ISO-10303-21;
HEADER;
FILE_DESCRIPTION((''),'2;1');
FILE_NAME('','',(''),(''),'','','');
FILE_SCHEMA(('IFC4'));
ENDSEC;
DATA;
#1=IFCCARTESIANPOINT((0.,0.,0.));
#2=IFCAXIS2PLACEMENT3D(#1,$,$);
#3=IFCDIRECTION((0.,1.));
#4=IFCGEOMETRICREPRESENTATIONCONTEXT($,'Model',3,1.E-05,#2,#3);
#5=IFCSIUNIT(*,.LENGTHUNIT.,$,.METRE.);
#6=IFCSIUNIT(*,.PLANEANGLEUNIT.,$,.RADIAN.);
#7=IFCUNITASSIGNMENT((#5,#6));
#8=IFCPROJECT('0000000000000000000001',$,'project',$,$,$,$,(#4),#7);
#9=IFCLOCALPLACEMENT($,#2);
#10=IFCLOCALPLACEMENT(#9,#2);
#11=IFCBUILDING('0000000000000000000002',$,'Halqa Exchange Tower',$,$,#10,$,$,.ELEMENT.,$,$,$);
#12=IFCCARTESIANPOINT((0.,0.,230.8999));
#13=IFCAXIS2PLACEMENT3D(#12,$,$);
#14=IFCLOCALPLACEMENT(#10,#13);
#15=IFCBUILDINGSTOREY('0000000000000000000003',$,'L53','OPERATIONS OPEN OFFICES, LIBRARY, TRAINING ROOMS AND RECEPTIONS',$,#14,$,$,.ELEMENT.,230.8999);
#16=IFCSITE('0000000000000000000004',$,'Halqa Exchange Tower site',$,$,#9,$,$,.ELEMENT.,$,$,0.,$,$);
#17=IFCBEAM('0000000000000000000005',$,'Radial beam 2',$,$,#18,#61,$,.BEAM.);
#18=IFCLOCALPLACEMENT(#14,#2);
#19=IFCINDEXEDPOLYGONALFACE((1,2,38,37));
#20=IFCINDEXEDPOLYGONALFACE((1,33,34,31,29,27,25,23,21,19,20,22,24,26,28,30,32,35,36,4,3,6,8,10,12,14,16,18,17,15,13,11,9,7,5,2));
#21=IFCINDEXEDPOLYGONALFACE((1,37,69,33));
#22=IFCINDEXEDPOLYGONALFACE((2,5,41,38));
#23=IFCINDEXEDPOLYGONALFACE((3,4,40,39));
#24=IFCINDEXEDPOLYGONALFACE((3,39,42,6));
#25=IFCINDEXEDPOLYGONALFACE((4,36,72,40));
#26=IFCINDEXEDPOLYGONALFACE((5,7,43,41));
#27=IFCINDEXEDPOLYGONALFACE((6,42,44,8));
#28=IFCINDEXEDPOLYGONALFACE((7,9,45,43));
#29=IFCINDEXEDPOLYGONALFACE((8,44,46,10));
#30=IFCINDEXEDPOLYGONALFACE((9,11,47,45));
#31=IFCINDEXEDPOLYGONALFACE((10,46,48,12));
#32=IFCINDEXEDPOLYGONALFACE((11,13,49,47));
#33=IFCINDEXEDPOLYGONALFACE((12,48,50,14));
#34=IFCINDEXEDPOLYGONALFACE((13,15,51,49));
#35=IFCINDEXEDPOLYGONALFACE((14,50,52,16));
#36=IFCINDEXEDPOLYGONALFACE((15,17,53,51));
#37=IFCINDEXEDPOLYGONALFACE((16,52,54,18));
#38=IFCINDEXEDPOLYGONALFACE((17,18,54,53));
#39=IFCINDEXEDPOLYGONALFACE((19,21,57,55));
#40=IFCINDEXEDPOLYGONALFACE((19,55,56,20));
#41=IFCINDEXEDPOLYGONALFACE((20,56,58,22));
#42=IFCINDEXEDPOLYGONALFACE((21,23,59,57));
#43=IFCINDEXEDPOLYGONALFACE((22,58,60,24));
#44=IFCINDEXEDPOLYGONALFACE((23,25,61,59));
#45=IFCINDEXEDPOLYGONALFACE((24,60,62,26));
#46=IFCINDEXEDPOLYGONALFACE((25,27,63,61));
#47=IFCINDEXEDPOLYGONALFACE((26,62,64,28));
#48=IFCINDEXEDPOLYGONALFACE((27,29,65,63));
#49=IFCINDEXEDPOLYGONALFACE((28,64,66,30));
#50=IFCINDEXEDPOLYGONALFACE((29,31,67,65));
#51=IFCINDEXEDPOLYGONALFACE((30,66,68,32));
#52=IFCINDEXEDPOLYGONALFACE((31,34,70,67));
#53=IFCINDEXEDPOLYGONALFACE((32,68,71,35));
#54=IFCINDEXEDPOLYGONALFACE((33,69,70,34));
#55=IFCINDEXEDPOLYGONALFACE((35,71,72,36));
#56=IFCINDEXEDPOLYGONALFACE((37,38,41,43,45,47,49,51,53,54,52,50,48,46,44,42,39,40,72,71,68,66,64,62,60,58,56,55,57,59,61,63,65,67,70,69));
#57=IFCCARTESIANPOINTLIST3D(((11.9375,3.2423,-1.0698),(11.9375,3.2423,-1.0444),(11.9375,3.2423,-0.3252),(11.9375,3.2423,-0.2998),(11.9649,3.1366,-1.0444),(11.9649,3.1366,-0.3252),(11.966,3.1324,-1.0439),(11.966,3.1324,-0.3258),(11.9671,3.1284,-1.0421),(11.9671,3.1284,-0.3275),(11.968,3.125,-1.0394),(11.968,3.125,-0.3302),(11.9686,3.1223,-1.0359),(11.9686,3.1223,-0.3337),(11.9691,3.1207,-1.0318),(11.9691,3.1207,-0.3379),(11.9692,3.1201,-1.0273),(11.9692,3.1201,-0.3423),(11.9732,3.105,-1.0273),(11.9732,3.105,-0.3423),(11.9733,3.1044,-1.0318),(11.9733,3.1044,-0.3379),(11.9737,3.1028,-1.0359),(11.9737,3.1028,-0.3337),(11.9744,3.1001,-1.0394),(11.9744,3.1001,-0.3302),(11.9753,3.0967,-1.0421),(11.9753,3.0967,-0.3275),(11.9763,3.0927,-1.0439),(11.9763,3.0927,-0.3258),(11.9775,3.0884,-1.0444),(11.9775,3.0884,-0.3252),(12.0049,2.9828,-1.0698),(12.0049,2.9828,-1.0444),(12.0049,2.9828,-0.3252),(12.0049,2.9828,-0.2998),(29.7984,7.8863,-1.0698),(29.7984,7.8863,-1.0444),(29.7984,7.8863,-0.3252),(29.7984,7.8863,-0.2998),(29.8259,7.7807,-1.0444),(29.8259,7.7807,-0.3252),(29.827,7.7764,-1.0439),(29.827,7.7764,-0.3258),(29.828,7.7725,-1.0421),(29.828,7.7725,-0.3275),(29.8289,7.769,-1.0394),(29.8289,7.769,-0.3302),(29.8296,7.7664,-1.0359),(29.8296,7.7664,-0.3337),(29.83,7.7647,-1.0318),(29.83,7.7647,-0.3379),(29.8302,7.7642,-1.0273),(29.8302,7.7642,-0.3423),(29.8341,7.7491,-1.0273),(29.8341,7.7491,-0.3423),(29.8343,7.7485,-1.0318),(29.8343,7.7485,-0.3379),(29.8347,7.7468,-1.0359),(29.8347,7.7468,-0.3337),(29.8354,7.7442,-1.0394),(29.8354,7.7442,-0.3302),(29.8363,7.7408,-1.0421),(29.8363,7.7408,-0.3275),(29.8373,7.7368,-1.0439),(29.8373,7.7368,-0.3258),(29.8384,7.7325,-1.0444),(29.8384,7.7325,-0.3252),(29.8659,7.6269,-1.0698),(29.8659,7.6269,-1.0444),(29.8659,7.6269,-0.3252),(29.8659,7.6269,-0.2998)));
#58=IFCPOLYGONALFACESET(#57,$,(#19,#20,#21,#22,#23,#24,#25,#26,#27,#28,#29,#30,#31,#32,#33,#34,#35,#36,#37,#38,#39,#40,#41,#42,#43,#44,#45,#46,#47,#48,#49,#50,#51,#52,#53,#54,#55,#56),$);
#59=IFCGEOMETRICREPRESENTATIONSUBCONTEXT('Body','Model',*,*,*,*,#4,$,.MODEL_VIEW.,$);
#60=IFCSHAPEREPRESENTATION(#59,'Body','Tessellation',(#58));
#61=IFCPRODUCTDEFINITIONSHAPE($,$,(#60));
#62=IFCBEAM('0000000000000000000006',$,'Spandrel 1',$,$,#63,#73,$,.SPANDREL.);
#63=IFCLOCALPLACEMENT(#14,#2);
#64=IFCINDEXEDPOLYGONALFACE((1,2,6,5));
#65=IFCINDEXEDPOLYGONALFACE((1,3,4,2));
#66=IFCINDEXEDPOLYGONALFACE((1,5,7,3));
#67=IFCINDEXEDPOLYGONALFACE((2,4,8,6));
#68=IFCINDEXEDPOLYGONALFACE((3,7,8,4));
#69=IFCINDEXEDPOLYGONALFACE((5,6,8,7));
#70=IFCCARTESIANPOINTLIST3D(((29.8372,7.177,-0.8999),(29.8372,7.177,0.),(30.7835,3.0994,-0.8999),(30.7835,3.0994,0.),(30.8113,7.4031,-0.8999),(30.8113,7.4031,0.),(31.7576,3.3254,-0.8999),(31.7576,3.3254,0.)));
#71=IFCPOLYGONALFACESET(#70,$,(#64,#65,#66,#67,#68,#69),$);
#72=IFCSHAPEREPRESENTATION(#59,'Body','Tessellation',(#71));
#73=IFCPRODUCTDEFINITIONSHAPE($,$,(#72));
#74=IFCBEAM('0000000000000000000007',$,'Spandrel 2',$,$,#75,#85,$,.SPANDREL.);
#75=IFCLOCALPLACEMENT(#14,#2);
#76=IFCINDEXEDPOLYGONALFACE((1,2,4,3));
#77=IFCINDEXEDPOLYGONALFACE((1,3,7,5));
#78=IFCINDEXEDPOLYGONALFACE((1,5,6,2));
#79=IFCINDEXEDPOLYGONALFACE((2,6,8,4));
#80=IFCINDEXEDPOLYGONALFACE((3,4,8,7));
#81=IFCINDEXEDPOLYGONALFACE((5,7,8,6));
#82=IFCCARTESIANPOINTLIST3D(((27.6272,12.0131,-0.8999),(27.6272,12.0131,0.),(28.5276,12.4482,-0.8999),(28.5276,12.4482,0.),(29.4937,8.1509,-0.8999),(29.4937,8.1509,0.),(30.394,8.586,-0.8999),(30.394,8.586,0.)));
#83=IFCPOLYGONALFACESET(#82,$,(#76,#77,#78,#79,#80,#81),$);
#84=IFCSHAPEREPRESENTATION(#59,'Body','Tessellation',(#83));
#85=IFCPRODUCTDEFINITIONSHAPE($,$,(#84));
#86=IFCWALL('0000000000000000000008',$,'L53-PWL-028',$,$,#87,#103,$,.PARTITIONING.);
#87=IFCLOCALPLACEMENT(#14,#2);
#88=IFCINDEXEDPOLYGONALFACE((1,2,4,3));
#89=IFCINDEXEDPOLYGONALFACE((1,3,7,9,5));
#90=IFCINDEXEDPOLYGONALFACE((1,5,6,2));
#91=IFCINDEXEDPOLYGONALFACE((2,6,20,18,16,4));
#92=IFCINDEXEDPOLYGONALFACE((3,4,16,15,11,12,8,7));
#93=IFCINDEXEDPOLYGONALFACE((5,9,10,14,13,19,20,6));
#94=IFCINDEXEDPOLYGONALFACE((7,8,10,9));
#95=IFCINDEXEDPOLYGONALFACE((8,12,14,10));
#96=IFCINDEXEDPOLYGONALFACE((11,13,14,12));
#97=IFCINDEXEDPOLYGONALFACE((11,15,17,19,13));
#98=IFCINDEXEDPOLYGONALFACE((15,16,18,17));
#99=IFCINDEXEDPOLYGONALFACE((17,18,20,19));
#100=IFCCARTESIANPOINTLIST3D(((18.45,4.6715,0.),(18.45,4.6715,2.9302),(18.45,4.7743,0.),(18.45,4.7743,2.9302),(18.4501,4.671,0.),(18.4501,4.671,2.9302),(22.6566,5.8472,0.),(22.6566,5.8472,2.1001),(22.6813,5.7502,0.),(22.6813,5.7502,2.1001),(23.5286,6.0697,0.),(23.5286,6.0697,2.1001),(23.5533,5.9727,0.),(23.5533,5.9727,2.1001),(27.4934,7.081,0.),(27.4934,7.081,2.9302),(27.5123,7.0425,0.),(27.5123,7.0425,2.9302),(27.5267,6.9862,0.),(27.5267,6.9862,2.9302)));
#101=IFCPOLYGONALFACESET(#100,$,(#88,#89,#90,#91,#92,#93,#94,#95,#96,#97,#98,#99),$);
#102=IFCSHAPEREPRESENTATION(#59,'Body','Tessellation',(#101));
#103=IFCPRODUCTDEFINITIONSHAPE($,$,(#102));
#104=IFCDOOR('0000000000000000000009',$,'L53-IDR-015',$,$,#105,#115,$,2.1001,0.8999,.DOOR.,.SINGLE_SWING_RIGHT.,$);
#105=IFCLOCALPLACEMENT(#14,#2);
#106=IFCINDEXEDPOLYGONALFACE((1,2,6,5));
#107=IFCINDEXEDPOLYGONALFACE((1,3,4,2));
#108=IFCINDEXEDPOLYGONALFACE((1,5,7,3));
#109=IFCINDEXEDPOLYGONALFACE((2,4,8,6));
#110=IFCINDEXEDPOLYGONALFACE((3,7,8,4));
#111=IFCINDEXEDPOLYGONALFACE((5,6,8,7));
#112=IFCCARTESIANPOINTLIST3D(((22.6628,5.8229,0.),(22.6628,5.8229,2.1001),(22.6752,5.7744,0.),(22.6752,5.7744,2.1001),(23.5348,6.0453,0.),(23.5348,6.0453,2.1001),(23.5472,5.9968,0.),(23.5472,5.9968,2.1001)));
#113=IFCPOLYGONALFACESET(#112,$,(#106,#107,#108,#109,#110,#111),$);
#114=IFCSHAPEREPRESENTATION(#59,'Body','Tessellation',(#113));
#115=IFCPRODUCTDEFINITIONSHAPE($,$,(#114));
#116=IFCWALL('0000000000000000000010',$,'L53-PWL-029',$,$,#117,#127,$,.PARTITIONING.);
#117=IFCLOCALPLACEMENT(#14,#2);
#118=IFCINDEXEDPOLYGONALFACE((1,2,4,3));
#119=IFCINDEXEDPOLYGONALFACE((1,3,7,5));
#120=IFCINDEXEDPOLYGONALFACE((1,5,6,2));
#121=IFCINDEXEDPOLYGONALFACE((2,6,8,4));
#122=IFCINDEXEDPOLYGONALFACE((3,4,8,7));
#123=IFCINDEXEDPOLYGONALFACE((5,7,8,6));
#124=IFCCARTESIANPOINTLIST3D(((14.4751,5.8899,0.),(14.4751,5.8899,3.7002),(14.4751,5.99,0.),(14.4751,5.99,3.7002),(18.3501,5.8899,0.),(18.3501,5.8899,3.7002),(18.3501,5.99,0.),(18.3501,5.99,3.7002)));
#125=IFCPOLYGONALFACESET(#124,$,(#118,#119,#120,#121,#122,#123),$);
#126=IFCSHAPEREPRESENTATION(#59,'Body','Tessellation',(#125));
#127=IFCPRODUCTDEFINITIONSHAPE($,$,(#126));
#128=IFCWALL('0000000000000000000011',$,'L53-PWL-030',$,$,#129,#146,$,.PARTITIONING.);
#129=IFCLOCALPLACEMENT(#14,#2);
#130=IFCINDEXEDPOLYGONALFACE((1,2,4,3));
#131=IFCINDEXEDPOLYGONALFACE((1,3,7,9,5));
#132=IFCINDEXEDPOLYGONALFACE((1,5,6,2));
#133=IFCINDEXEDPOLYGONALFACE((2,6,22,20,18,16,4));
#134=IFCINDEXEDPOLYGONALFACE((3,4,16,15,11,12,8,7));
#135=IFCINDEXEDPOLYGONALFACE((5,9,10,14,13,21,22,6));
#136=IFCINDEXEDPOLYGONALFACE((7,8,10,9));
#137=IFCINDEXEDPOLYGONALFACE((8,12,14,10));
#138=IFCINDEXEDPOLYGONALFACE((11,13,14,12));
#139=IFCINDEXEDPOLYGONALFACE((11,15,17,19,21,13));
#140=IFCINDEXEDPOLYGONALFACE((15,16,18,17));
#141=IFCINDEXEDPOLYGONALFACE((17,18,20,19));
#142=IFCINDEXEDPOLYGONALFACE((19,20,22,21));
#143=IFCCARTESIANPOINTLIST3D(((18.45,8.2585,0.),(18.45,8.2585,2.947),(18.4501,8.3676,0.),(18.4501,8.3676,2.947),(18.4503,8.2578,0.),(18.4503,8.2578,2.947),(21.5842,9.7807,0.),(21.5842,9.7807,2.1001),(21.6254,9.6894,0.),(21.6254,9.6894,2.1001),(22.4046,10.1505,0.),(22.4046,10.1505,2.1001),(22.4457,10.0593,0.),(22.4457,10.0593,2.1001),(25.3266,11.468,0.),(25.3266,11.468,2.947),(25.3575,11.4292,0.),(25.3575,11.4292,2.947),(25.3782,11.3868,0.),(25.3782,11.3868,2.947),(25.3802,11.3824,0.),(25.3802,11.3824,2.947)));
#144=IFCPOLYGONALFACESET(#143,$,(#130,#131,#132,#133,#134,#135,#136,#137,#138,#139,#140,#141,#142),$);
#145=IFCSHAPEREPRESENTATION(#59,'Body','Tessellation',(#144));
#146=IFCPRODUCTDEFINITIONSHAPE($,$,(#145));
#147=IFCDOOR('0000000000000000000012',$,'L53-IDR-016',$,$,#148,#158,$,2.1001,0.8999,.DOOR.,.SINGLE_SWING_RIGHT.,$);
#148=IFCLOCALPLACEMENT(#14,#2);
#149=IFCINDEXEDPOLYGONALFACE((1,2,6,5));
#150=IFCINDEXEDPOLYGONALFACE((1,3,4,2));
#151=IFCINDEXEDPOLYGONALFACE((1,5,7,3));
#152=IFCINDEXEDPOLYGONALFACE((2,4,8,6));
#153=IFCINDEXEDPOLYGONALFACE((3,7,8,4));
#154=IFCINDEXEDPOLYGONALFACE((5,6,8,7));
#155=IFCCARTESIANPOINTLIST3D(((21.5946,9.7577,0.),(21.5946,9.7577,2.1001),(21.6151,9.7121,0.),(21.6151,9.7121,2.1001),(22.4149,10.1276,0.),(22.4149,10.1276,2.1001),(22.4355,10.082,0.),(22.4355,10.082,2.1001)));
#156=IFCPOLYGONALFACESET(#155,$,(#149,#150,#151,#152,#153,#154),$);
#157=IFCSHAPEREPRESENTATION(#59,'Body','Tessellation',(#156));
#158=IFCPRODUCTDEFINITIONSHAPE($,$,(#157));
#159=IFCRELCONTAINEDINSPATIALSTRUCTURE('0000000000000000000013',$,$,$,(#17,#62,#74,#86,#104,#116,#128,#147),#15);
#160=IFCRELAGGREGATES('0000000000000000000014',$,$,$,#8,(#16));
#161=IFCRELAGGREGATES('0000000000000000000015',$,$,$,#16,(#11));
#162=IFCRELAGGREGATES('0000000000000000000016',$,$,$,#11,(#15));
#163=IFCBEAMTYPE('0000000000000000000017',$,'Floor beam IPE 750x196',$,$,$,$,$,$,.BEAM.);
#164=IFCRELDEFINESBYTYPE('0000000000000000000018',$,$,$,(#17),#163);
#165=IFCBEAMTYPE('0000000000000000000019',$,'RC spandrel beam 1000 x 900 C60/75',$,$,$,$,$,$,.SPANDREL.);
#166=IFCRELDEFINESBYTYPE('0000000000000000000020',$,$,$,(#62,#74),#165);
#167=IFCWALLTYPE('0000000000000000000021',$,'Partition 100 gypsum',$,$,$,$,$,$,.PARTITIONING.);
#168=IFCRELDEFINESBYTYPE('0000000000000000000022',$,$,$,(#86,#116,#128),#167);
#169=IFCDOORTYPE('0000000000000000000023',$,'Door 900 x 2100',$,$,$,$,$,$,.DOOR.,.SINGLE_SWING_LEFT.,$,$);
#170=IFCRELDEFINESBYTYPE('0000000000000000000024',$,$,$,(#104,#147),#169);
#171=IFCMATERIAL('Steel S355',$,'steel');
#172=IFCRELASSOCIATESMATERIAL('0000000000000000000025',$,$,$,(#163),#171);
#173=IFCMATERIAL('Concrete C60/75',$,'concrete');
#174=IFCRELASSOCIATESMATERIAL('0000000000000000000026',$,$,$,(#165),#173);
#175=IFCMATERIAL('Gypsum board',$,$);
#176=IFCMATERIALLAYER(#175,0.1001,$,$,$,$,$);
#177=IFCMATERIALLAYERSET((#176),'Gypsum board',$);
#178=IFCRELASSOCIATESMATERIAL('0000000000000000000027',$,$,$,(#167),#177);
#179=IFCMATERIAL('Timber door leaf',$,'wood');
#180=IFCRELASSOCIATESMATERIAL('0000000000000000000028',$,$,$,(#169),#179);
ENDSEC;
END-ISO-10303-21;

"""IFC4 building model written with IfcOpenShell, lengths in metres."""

from ifc_helpers import new_model, si_unit, direction, frame, frame_2d, origin, origin_2d, place, context, subcontext, project, spatial, polyline, rectangle, i_section, outline, extrude, material, layer, layer_set, material_profile, profile_set, type_object, element, fill, save


model = new_model("IFC4")

# Units and contexts
model_context = context("Model", 3, precision=1e-05, world=origin(), true_north=direction((0.0, 1.0)))
body_context = subcontext(model_context, "Body", "Model", "MODEL_VIEW")
ifc_project = project(units=[si_unit("LENGTHUNIT", "METRE"), si_unit("PLANEANGLEUNIT", "RADIAN")], contexts=[model_context])

# Site, building, storey
site_placement = place(None, origin())
site = spatial("IfcSite", under=ifc_project, at=site_placement, Name="Halqa Exchange Tower site", CompositionType="ELEMENT", RefElevation=0.0)
building_placement = place(site_placement, origin())
building = spatial("IfcBuilding", under=site, at=building_placement, Name="Halqa Exchange Tower", CompositionType="ELEMENT")
storey_placement = place(building_placement, frame((0.0, 0.0, 230.8999)))
storey = spatial("IfcBuildingStorey", under=building, at=storey_placement, Name="L53", Description="OPERATIONS OPEN OFFICES, LIBRARY, TRAINING ROOMS AND RECEPTIONS", CompositionType="ELEMENT", Elevation=230.8999)

# Shared definitions
ifc_material_1 = material(Name="Concrete C60/75", Category="concrete")

# Beams
ifc_material_2 = material(Name="Steel S355", Category="steel")
ifc_material_profile_1 = material_profile(ifc_material_2, i_section(OverallWidth=0.2681, OverallDepth=0.77, WebThickness=0.0156, FlangeThickness=0.0254, FilletRadius=0.0171, at=origin_2d()), Name="IPE 750x196")
ifc_profile_set_1 = profile_set([ifc_material_profile_1], Name="Steel S355")
beam_type_1 = type_object("IfcBeamType", Name="Floor beam IPE 750x196", PredefinedType="BEAM", material=ifc_profile_set_1)
beam_1_placement = place(storey_placement, frame((11.9712, 3.1125, -0.6848), z_axis=(0.96782, 0.251645, 0.0), x_axis=(-0.251645, 0.96782, 0.0)))
element("IfcBeam", 1, at=beam_1_placement, inside=storey, type_object=beam_type_1, Name="Radial beam 2", PredefinedType="BEAM", context=body_context, shape_type="SweptSolid", body=[
    extrude(i_section(OverallWidth=0.2681, OverallDepth=0.77, WebThickness=0.0156, FlangeThickness=0.0254, FilletRadius=0.0171, at=origin_2d()), origin(), (0.0, 0.0, 1.0), 18.4548),
])
ifc_material_profile_2 = material_profile(ifc_material_1, rectangle(XDim=1.0, YDim=0.8999, at=origin_2d()), Name="1000 x 900")
ifc_profile_set_2 = profile_set([ifc_material_profile_2], Name="Concrete C60/75")
beam_type_2 = type_object("IfcBeamType", Name="RC spandrel beam 1000 x 900 C60/75", PredefinedType="SPANDREL", material=ifc_profile_set_2)
beam_2_placement = place(storey_placement, frame((31.2705, 3.2124, -0.45), z_axis=(-0.226061, 0.974113, 0.0), x_axis=(-0.974113, -0.226061, 0.0)))
element("IfcBeam", 2, at=beam_2_placement, inside=storey, type_object=beam_type_2, Name="Spandrel 1", PredefinedType="SPANDREL", context=body_context, shape_type="SweptSolid", body=[
    extrude(rectangle(XDim=1.0, YDim=0.8999, at=origin_2d()), origin(), (0.0, 0.0, 1.0), 4.186),
])
beam_3_placement = place(storey_placement, frame((29.9438, 8.3684, -0.45), z_axis=(-0.435107, 0.900379, 0.0), x_axis=(-0.900379, -0.435107, 0.0)))
element("IfcBeam", 3, at=beam_3_placement, inside=storey, type_object=beam_type_2, Name="Spandrel 2", PredefinedType="SPANDREL", context=body_context, shape_type="SweptSolid", body=[
    extrude(rectangle(XDim=1.0, YDim=0.8999, at=origin_2d()), origin(), (0.0, 0.0, 1.0), 4.2896),
])

# Wall, opening, door
ifc_material_3 = material(Name="Gypsum board")
ifc_layer_1 = layer(ifc_material_3, 0.1001)
ifc_layer_set_1 = layer_set([ifc_layer_1], Name="Gypsum board")
wall_type_1 = type_object("IfcWallType", Name="Partition 100 gypsum", PredefinedType="PARTITIONING", material=ifc_layer_set_1)
wall_1_placement = place(storey_placement, frame((18.4377, 4.7195, 0.0), z_axis=(0.0, 0.0, 1.0), x_axis=(0.968976, 0.247157, 0.0)))
wall_1 = element("IfcWall", 4, at=wall_1_placement, inside=storey, type_object=wall_type_1, Name="L53-PWL-028", PredefinedType="PARTITIONING", context=body_context, shape_type="SweptSolid", body=[
    extrude(outline(polyline([(9.3672, -0.05), (9.3672, 0.0081), (9.3584, 0.05), (7.4917, 0.05), (5.6252, 0.05), (3.7585, 0.05), (1.8921, 0.05), (0.0254, 0.05), (0.0, -0.0496), (0.0, -0.05), (1.8735, -0.05), (3.7468, -0.05), (5.6204, -0.05), (7.4937, -0.05), (9.3672, -0.05)])), origin(), (0.0, 0.0, 1.0), 2.9302),
])
opening_1_placement = place(wall_1_placement, frame((4.3667, 0.0, 0.0)))
opening_1 = element("IfcOpeningElement", 5, at=opening_1_placement, cuts=wall_1, PredefinedType="OPENING", context=body_context, shape_type="SweptSolid", body=[
    extrude(rectangle(XDim=0.8999, YDim=2.1001, at=frame_2d((0.45, 1.05))), frame((0.0, 0.062, 0.0), z_axis=(0.0, -1.0, 0.0), x_axis=(1.0, 0.0, 0.0)), (0.0, 0.0, 1.0), 0.124),
])
ifc_material_4 = material(Name="Timber door leaf", Category="wood")
door_type_1 = type_object("IfcDoorType", Name="Door 900 x 2100", OperationType="SINGLE_SWING_LEFT", PredefinedType="DOOR", material=ifc_material_4)
door_1_placement = place(opening_1_placement, origin())
door_1 = element("IfcDoor", 6, at=door_1_placement, inside=storey, type_object=door_type_1, Name="L53-IDR-015", OperationType="SINGLE_SWING_RIGHT", OverallHeight=2.1001, OverallWidth=0.8999, PredefinedType="DOOR", context=body_context, shape_type="SweptSolid", body=[
    extrude(rectangle(XDim=0.8999, YDim=2.1001, at=frame_2d((0.45, 1.05))), frame((0.0, 0.0249, 0.0), z_axis=(0.0, -1.0, 0.0), x_axis=(1.0, 0.0, 0.0)), (0.0, 0.0, 1.0), 0.05),
])
fill(opening_1, door_1)

# Wall
wall_2_placement = place(storey_placement, frame((18.3501, 5.9399, 0.0), z_axis=(0.0, 0.0, 1.0), x_axis=(-1.0, 0.0, 0.0)))
element("IfcWall", 7, at=wall_2_placement, inside=storey, type_object=wall_type_1, Name="L53-PWL-029", PredefinedType="PARTITIONING", context=body_context, shape_type="SweptSolid", body=[
    extrude(rectangle(XDim=3.875, YDim=0.1001, at=frame_2d((1.9375, 0.0))), origin(), (0.0, 0.0, 1.0), 3.7002),
])

# Wall, opening, door
wall_3_placement = place(storey_placement, frame((18.4297, 8.3035, 0.0), z_axis=(0.0, 0.0, 1.0), x_axis=(0.911624, 0.411026, 0.0)))
wall_3 = element("IfcWall", 8, at=wall_3_placement, inside=storey, type_object=wall_type_1, Name="L53-PWL-030", PredefinedType="PARTITIONING", context=body_context, shape_type="SweptSolid", body=[
    extrude(outline(polyline([(7.6018, -0.05), (7.6018, -0.0452), (7.6003, 0.002), (7.5881, 0.05), (5.7024, 0.05), (3.8164, 0.05), (1.9307, 0.05), (0.0449, 0.05), (0.0, -0.0493), (0.0, -0.05), (1.9004, -0.05), (3.8008, -0.05), (5.7014, -0.05), (7.6018, -0.05)])), origin(), (0.0, 0.0, 1.0), 2.947),
])
opening_2_placement = place(wall_3_placement, frame((3.4829, 0.0, 0.0)))
opening_2 = element("IfcOpeningElement", 9, at=opening_2_placement, cuts=wall_3, PredefinedType="OPENING", context=body_context, shape_type="SweptSolid", body=[
    extrude(rectangle(XDim=0.8999, YDim=2.1001, at=frame_2d((0.45, 1.05))), frame((0.0, 0.062, 0.0), z_axis=(0.0, -1.0, 0.0), x_axis=(1.0, 0.0, 0.0)), (0.0, 0.0, 1.0), 0.124),
])
door_2_placement = place(opening_2_placement, origin())
door_2 = element("IfcDoor", 10, at=door_2_placement, inside=storey, type_object=door_type_1, Name="L53-IDR-016", OperationType="SINGLE_SWING_RIGHT", OverallHeight=2.1001, OverallWidth=0.8999, PredefinedType="DOOR", context=body_context, shape_type="SweptSolid", body=[
    extrude(rectangle(XDim=0.8999, YDim=2.1001, at=frame_2d((0.45, 1.05))), frame((0.0, 0.0249, 0.0), z_axis=(0.0, -1.0, 0.0), x_axis=(1.0, 0.0, 0.0)), (0.0, 0.0, 1.0), 0.05),
])
fill(opening_2, door_2)

save(model, "model.ifc")
